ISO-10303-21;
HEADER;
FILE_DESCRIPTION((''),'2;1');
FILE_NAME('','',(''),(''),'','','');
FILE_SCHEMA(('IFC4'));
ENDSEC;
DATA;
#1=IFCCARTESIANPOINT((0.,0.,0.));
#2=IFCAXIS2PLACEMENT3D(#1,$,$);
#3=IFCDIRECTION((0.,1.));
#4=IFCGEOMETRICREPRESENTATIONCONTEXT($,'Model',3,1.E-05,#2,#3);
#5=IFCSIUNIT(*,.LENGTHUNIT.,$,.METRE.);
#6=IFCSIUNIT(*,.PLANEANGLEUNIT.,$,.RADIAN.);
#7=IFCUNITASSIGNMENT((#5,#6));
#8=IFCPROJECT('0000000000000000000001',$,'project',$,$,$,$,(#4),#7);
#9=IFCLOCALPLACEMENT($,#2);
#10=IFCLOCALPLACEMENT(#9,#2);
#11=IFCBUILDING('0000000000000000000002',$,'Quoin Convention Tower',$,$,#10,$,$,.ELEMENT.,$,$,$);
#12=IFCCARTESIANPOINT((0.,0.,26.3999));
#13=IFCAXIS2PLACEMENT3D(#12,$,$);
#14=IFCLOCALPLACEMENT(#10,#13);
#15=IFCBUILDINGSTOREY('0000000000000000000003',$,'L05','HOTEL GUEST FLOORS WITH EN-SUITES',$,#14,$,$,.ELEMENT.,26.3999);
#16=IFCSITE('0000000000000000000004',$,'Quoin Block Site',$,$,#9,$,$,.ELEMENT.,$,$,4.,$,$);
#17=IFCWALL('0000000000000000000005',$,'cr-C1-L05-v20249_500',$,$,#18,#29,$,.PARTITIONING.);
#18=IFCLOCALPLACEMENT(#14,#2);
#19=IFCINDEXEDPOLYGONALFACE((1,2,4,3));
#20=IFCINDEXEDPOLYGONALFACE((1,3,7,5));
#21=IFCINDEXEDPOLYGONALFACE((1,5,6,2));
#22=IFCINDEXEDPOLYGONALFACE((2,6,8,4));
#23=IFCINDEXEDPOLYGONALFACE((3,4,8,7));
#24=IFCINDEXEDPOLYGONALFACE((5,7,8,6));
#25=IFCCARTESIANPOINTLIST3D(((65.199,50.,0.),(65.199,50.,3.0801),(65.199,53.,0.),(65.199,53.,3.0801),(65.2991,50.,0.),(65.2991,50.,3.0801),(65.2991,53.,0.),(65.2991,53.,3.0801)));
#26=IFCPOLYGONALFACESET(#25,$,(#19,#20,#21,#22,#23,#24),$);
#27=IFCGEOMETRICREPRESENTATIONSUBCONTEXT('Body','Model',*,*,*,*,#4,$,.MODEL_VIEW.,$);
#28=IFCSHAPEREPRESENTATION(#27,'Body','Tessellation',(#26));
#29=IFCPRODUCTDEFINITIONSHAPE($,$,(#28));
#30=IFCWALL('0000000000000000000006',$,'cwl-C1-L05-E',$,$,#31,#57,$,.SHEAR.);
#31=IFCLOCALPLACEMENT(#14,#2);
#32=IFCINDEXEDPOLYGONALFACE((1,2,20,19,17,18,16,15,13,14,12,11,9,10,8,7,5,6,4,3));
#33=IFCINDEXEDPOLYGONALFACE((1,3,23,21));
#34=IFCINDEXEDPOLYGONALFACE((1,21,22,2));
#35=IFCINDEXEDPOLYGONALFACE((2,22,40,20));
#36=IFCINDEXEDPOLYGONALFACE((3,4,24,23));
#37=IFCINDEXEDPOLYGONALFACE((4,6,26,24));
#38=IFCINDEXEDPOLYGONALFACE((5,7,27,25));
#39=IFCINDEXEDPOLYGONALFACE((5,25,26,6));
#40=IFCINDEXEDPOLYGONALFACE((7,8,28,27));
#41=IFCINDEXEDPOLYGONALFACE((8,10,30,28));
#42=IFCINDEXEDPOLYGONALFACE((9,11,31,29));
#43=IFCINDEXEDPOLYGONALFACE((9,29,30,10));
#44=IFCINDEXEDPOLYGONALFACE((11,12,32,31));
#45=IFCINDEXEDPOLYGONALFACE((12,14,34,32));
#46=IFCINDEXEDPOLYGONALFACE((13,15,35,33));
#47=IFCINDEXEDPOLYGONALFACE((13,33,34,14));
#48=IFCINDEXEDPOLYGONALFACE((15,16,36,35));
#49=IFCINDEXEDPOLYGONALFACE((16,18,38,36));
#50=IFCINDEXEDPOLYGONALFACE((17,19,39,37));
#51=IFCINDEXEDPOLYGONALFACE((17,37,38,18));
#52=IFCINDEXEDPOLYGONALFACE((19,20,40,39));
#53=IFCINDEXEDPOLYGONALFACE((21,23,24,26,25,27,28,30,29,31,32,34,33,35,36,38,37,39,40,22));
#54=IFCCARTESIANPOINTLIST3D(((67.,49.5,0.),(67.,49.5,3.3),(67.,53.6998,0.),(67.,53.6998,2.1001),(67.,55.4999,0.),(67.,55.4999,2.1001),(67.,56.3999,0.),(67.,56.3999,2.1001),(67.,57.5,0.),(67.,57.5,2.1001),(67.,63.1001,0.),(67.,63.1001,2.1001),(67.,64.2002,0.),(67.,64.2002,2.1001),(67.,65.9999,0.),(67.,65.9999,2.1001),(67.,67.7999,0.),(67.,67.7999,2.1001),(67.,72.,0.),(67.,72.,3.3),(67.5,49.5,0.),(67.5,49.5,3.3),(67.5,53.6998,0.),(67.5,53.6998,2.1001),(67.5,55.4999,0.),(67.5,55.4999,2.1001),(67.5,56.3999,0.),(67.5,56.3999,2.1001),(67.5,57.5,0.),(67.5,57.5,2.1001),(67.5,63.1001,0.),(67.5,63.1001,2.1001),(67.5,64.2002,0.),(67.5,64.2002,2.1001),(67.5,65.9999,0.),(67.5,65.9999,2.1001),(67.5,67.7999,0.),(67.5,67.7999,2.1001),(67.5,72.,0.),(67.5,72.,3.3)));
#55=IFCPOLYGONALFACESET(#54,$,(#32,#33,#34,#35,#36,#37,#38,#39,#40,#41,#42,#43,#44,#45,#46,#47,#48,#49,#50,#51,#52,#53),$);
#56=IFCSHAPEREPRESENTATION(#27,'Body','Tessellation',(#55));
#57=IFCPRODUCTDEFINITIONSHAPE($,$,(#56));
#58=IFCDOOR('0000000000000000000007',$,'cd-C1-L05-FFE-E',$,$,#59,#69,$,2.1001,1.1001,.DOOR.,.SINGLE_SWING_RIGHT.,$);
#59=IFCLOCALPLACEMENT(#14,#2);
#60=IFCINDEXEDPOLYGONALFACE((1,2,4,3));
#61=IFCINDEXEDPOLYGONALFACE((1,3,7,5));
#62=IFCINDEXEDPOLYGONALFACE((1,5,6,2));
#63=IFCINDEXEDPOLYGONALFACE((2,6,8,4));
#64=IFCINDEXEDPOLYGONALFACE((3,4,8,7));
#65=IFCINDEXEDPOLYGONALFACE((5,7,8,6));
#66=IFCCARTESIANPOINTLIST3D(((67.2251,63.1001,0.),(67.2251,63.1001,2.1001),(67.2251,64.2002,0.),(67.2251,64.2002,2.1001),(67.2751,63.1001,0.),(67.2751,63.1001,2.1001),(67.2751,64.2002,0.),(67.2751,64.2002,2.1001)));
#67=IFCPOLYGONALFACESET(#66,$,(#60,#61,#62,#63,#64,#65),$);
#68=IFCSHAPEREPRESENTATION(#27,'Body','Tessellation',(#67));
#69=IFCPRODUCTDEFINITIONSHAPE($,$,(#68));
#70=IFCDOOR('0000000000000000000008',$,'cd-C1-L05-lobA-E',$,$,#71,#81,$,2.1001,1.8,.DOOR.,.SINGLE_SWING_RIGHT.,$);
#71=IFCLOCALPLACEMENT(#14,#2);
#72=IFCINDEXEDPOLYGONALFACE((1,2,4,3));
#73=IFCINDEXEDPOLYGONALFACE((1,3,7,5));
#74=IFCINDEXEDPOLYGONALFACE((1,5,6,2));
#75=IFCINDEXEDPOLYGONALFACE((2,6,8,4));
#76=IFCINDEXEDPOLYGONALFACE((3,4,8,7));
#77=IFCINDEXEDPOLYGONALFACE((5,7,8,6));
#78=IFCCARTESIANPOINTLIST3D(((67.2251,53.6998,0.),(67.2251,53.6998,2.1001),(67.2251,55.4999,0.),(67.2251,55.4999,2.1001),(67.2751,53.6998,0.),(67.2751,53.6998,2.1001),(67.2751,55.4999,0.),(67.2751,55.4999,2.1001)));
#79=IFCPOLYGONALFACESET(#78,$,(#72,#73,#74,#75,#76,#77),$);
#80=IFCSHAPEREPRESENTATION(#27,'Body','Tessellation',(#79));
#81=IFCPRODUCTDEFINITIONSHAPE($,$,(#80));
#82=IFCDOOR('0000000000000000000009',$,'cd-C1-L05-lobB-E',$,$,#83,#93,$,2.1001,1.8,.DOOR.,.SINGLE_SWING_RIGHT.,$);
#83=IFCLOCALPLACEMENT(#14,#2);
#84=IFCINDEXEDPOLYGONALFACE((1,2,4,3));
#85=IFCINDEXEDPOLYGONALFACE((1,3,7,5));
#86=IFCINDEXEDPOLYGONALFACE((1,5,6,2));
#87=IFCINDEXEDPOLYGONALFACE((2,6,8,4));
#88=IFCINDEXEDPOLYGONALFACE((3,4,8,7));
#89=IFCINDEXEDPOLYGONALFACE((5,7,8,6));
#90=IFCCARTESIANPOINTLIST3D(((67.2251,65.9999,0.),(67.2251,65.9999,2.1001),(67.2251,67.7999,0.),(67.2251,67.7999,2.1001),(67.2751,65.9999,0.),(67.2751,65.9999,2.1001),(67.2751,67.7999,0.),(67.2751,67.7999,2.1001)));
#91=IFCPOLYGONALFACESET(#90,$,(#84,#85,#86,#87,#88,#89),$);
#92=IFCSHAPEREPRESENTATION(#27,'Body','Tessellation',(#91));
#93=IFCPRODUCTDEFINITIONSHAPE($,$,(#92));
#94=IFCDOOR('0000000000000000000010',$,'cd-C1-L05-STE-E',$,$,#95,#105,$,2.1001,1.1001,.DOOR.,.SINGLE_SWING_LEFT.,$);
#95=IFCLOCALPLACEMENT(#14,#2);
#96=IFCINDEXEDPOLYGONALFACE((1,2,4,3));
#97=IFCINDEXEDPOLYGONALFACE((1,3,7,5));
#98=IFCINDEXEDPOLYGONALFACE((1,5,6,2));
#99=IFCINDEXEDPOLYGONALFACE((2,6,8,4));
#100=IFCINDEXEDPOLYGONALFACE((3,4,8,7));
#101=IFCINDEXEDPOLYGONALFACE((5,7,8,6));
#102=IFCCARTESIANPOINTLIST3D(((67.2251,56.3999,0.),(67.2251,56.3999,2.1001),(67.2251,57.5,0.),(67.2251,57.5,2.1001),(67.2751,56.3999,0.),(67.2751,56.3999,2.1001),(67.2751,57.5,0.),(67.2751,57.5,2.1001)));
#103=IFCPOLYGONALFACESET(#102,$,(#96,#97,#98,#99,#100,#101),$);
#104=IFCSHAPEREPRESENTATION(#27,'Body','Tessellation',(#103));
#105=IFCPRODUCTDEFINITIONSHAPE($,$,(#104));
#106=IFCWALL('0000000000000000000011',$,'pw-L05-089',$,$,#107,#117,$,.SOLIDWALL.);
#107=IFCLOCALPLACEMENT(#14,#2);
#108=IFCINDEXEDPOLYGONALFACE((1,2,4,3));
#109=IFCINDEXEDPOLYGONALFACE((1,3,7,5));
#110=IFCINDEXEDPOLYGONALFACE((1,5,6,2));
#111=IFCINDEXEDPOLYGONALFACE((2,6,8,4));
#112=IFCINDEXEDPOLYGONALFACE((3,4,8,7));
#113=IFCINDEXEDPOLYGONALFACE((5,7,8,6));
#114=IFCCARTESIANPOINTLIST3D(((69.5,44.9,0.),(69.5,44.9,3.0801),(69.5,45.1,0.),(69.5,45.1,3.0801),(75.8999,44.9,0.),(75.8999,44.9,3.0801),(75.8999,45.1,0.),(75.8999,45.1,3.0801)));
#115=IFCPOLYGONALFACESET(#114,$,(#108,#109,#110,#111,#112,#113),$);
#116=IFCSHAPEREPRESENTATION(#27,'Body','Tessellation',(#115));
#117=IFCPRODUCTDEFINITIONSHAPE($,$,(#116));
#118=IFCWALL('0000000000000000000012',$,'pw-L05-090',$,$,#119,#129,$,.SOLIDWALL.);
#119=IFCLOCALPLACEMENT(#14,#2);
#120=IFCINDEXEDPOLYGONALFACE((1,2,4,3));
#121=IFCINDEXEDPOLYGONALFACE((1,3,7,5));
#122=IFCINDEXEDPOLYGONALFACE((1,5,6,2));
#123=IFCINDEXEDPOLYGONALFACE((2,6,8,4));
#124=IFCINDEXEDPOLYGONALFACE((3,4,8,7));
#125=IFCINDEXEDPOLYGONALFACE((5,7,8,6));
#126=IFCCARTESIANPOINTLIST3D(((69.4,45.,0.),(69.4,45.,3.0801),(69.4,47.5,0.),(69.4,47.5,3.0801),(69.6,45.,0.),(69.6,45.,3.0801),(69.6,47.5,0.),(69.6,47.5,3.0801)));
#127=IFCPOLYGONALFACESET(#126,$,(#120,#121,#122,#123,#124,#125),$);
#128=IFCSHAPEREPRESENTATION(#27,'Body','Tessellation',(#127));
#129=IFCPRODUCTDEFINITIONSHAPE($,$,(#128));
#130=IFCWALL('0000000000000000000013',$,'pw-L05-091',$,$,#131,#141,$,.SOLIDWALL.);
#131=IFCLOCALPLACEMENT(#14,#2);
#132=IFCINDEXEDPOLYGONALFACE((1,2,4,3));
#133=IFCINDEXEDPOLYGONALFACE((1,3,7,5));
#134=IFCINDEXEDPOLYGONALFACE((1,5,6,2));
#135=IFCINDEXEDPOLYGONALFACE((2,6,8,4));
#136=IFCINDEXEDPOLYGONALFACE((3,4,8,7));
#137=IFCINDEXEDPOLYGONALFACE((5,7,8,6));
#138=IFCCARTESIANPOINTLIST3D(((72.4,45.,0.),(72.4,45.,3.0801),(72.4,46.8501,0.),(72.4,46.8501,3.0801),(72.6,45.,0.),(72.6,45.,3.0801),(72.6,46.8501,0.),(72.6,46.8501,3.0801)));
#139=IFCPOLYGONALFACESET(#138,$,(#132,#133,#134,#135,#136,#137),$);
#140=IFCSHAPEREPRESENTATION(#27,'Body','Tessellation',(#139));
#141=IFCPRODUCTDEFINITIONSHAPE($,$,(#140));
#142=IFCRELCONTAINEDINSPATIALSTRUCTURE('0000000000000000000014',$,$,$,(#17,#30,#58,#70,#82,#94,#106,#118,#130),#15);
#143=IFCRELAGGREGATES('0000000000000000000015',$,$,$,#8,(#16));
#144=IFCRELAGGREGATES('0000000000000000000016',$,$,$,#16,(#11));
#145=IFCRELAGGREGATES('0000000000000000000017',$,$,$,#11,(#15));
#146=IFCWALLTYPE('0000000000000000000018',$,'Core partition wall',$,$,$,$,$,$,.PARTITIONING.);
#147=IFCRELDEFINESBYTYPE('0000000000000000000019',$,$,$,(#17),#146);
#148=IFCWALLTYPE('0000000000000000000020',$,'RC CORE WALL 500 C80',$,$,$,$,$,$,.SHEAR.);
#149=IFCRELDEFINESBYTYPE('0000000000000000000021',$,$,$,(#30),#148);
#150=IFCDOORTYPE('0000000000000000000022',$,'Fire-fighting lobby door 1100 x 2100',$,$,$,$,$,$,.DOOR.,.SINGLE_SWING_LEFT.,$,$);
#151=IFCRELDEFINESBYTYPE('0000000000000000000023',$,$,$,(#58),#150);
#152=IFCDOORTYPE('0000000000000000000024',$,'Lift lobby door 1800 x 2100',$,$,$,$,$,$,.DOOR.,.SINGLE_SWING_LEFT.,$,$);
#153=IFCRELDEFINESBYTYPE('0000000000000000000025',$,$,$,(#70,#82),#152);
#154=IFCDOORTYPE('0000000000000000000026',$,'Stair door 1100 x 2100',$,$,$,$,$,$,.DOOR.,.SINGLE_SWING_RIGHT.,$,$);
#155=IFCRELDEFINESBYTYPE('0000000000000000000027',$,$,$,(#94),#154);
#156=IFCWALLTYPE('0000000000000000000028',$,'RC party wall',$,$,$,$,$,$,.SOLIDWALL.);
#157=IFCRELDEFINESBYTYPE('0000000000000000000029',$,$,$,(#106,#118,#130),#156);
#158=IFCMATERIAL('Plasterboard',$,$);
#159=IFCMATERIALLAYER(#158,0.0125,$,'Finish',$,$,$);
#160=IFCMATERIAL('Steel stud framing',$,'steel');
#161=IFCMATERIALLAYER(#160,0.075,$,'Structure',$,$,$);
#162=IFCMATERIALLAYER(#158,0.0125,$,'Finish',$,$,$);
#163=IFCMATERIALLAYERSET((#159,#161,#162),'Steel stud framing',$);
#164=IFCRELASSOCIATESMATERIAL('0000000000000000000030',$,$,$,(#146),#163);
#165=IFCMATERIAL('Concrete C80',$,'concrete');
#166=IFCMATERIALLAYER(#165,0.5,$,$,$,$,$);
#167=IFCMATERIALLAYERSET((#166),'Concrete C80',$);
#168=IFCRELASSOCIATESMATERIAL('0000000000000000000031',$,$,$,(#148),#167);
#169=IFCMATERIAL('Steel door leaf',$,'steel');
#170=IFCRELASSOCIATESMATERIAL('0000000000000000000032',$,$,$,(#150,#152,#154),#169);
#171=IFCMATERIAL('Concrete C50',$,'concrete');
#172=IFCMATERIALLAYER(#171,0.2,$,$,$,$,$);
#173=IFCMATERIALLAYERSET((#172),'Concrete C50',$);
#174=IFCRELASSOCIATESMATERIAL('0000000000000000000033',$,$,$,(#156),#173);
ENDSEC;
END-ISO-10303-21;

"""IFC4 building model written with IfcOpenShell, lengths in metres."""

from ifc_helpers import new_model, si_unit, direction, frame, frame_2d, origin, place, context, subcontext, project, spatial, rectangle, extrude, material, layer, layer_set, type_object, element, fill, save


model = new_model("IFC4")

# Units and contexts
model_context = context("Model", 3, precision=1e-05, world=origin(), true_north=direction((0.0, 1.0)))
body_context = subcontext(model_context, "Body", "Model", "MODEL_VIEW")
ifc_project = project(units=[si_unit("LENGTHUNIT", "METRE"), si_unit("PLANEANGLEUNIT", "RADIAN")], contexts=[model_context])

# Site, building, storey
site_placement = place(None, origin())
site = spatial("IfcSite", under=ifc_project, at=site_placement, Name="Quoin Block Site", CompositionType="ELEMENT", RefElevation=4.0)
building_placement = place(site_placement, origin())
building = spatial("IfcBuilding", under=site, at=building_placement, Name="Quoin Convention Tower", CompositionType="ELEMENT")
storey_placement = place(building_placement, frame((0.0, 0.0, 26.3999)))
storey = spatial("IfcBuildingStorey", under=building, at=storey_placement, Name="L05", Description="HOTEL GUEST FLOORS WITH EN-SUITES", CompositionType="ELEMENT", Elevation=26.3999)

# Shared definitions
ifc_material_1 = material(Name="Concrete C80", Category="concrete")

# Wall
ifc_material_2 = material(Name="Plasterboard")
ifc_layer_1 = layer(ifc_material_2, 0.0125, Name="Finish")
ifc_material_3 = material(Name="Steel stud framing", Category="steel")
ifc_layer_2 = layer(ifc_material_3, 0.075, Name="Structure")
ifc_layer_3 = layer(ifc_material_2, 0.0125, Name="Finish")
ifc_layer_set_1 = layer_set([ifc_layer_1, ifc_layer_2, ifc_layer_3], Name="Steel stud framing")
wall_type_1 = type_object("IfcWallType", Name="Core partition wall", PredefinedType="PARTITIONING", material=ifc_layer_set_1)
wall_1_placement = place(storey_placement, frame((65.249, 50.0, 0.0), z_axis=(0.0, 0.0, 1.0), x_axis=(0.0, 1.0, 0.0)))
element("IfcWall", 1, at=wall_1_placement, inside=storey, type_object=wall_type_1, Name="cr-C1-L05-v20249_500", PredefinedType="PARTITIONING", context=body_context, shape_type="SweptSolid", body=[
    extrude(rectangle(XDim=3.0, YDim=0.1001, at=frame_2d((1.5, 0.0))), origin(), (0.0, 0.0, 1.0), 3.0801),
])

# Wall, openings, doors
ifc_layer_4 = layer(ifc_material_1, 0.5)
ifc_layer_set_2 = layer_set([ifc_layer_4], Name="Concrete C80")
wall_type_2 = type_object("IfcWallType", Name="RC CORE WALL 500 C80", PredefinedType="SHEAR", material=ifc_layer_set_2)
wall_2_placement = place(storey_placement, frame((67.25, 49.5, 0.0), z_axis=(0.0, 0.0, 1.0), x_axis=(0.0, 1.0, 0.0)))
wall_2 = element("IfcWall", 2, at=wall_2_placement, inside=storey, type_object=wall_type_2, Name="cwl-C1-L05-E", PredefinedType="SHEAR", context=body_context, shape_type="SweptSolid", body=[
    extrude(rectangle(XDim=22.5, YDim=0.5, at=frame_2d((11.25, 0.0))), origin(), (0.0, 0.0, 1.0), 3.3),
])
opening_1_placement = place(wall_2_placement, frame((4.2, 0.0, 0.0)))
opening_1 = element("IfcOpeningElement", 3, at=opening_1_placement, cuts=wall_2, PredefinedType="OPENING", context=body_context, shape_type="SweptSolid", body=[
    extrude(rectangle(XDim=1.8, YDim=2.1001, at=frame_2d((0.8999, 1.05))), frame((0.0, 0.26, 0.0), z_axis=(0.0, -1.0, 0.0), x_axis=(1.0, 0.0, 0.0)), (0.0, 0.0, 1.0), 0.52),
])
opening_2_placement = place(wall_2_placement, frame((6.8999, 0.0, 0.0)))
opening_2 = element("IfcOpeningElement", 4, at=opening_2_placement, cuts=wall_2, PredefinedType="OPENING", context=body_context, shape_type="SweptSolid", body=[
    extrude(rectangle(XDim=1.1001, YDim=2.1001, at=frame_2d((0.55, 1.05))), frame((0.0, 0.26, 0.0), z_axis=(0.0, -1.0, 0.0), x_axis=(1.0, 0.0, 0.0)), (0.0, 0.0, 1.0), 0.52),
])
opening_3_placement = place(wall_2_placement, frame((13.6001, 0.0, 0.0)))
opening_3 = element("IfcOpeningElement", 5, at=opening_3_placement, cuts=wall_2, PredefinedType="OPENING", context=body_context, shape_type="SweptSolid", body=[
    extrude(rectangle(XDim=1.1001, YDim=2.1001, at=frame_2d((0.55, 1.05))), frame((0.0, 0.26, 0.0), z_axis=(0.0, -1.0, 0.0), x_axis=(1.0, 0.0, 0.0)), (0.0, 0.0, 1.0), 0.52),
])
opening_4_placement = place(wall_2_placement, frame((16.5, 0.0, 0.0)))
opening_4 = element("IfcOpeningElement", 6, at=opening_4_placement, cuts=wall_2, PredefinedType="OPENING", context=body_context, shape_type="SweptSolid", body=[
    extrude(rectangle(XDim=1.8, YDim=2.1001, at=frame_2d((0.8999, 1.05))), frame((0.0, 0.26, 0.0), z_axis=(0.0, -1.0, 0.0), x_axis=(1.0, 0.0, 0.0)), (0.0, 0.0, 1.0), 0.52),
])
ifc_material_4 = material(Name="Steel door leaf", Category="steel")
door_type_1 = type_object("IfcDoorType", Name="Fire-fighting lobby door 1100 x 2100", OperationType="SINGLE_SWING_LEFT", PredefinedType="DOOR", material=ifc_material_4)
door_1_placement = place(opening_3_placement, origin())
door_1 = element("IfcDoor", 7, at=door_1_placement, inside=storey, type_object=door_type_1, Name="cd-C1-L05-FFE-E", OperationType="SINGLE_SWING_RIGHT", OverallHeight=2.1001, OverallWidth=1.1001, PredefinedType="DOOR", context=body_context, shape_type="SweptSolid", body=[
    extrude(rectangle(XDim=1.1001, YDim=2.1001, at=frame_2d((0.55, 1.05))), frame((0.0, 0.0249, 0.0), z_axis=(0.0, -1.0, 0.0), x_axis=(1.0, 0.0, 0.0)), (0.0, 0.0, 1.0), 0.05),
])
fill(opening_3, door_1)
door_type_2 = type_object("IfcDoorType", Name="Lift lobby door 1800 x 2100", OperationType="SINGLE_SWING_LEFT", PredefinedType="DOOR", material=ifc_material_4)
door_2_placement = place(opening_1_placement, origin())
door_2 = element("IfcDoor", 8, at=door_2_placement, inside=storey, type_object=door_type_2, Name="cd-C1-L05-lobA-E", OperationType="SINGLE_SWING_RIGHT", OverallHeight=2.1001, OverallWidth=1.8, PredefinedType="DOOR", context=body_context, shape_type="SweptSolid", body=[
    extrude(rectangle(XDim=1.8, YDim=2.1001, at=frame_2d((0.8999, 1.05))), frame((0.0, 0.0249, 0.0), z_axis=(0.0, -1.0, 0.0), x_axis=(1.0, 0.0, 0.0)), (0.0, 0.0, 1.0), 0.05),
])
fill(opening_1, door_2)
door_3_placement = place(opening_4_placement, origin())
door_3 = element("IfcDoor", 9, at=door_3_placement, inside=storey, type_object=door_type_2, Name="cd-C1-L05-lobB-E", OperationType="SINGLE_SWING_RIGHT", OverallHeight=2.1001, OverallWidth=1.8, PredefinedType="DOOR", context=body_context, shape_type="SweptSolid", body=[
    extrude(rectangle(XDim=1.8, YDim=2.1001, at=frame_2d((0.8999, 1.05))), frame((0.0, 0.0249, 0.0), z_axis=(0.0, -1.0, 0.0), x_axis=(1.0, 0.0, 0.0)), (0.0, 0.0, 1.0), 0.05),
])
fill(opening_4, door_3)
door_type_3 = type_object("IfcDoorType", Name="Stair door 1100 x 2100", OperationType="SINGLE_SWING_RIGHT", PredefinedType="DOOR", material=ifc_material_4)
door_4_placement = place(opening_2_placement, origin())
door_4 = element("IfcDoor", 10, at=door_4_placement, inside=storey, type_object=door_type_3, Name="cd-C1-L05-STE-E", OperationType="SINGLE_SWING_LEFT", OverallHeight=2.1001, OverallWidth=1.1001, PredefinedType="DOOR", context=body_context, shape_type="SweptSolid", body=[
    extrude(rectangle(XDim=1.1001, YDim=2.1001, at=frame_2d((0.55, 1.05))), frame((0.0, 0.0249, 0.0), z_axis=(0.0, -1.0, 0.0), x_axis=(1.0, 0.0, 0.0)), (0.0, 0.0, 1.0), 0.05),
])
fill(opening_2, door_4)

# Walls
ifc_material_5 = material(Name="Concrete C50", Category="concrete")
ifc_layer_5 = layer(ifc_material_5, 0.2)
ifc_layer_set_3 = layer_set([ifc_layer_5], Name="Concrete C50")
wall_type_3 = type_object("IfcWallType", Name="RC party wall", PredefinedType="SOLIDWALL", material=ifc_layer_set_3)
wall_3_placement = place(storey_placement, frame((69.5, 45.0, 0.0), z_axis=(0.0, 0.0, 1.0), x_axis=(1.0, 0.0, 0.0)))
element("IfcWall", 11, at=wall_3_placement, inside=storey, type_object=wall_type_3, Name="pw-L05-089", PredefinedType="SOLIDWALL", context=body_context, shape_type="SweptSolid", body=[
    extrude(rectangle(XDim=6.3999, YDim=0.2, at=frame_2d((3.2, 0.0))), origin(), (0.0, 0.0, 1.0), 3.0801),
])
wall_4_placement = place(storey_placement, frame((69.5, 45.0, 0.0), z_axis=(0.0, 0.0, 1.0), x_axis=(0.0, 1.0, 0.0)))
element("IfcWall", 12, at=wall_4_placement, inside=storey, type_object=wall_type_3, Name="pw-L05-090", PredefinedType="SOLIDWALL", context=body_context, shape_type="SweptSolid", body=[
    extrude(rectangle(XDim=2.5, YDim=0.2, at=frame_2d((1.25, 0.0))), origin(), (0.0, 0.0, 1.0), 3.0801),
])
wall_5_placement = place(storey_placement, frame((72.5, 45.0, 0.0), z_axis=(0.0, 0.0, 1.0), x_axis=(0.0, 1.0, 0.0)))
element("IfcWall", 13, at=wall_5_placement, inside=storey, type_object=wall_type_3, Name="pw-L05-091", PredefinedType="SOLIDWALL", context=body_context, shape_type="SweptSolid", body=[
    extrude(rectangle(XDim=1.8501, YDim=0.2, at=frame_2d((0.925, 0.0))), origin(), (0.0, 0.0, 1.0), 3.0801),
])

save(model, "model.ifc")
